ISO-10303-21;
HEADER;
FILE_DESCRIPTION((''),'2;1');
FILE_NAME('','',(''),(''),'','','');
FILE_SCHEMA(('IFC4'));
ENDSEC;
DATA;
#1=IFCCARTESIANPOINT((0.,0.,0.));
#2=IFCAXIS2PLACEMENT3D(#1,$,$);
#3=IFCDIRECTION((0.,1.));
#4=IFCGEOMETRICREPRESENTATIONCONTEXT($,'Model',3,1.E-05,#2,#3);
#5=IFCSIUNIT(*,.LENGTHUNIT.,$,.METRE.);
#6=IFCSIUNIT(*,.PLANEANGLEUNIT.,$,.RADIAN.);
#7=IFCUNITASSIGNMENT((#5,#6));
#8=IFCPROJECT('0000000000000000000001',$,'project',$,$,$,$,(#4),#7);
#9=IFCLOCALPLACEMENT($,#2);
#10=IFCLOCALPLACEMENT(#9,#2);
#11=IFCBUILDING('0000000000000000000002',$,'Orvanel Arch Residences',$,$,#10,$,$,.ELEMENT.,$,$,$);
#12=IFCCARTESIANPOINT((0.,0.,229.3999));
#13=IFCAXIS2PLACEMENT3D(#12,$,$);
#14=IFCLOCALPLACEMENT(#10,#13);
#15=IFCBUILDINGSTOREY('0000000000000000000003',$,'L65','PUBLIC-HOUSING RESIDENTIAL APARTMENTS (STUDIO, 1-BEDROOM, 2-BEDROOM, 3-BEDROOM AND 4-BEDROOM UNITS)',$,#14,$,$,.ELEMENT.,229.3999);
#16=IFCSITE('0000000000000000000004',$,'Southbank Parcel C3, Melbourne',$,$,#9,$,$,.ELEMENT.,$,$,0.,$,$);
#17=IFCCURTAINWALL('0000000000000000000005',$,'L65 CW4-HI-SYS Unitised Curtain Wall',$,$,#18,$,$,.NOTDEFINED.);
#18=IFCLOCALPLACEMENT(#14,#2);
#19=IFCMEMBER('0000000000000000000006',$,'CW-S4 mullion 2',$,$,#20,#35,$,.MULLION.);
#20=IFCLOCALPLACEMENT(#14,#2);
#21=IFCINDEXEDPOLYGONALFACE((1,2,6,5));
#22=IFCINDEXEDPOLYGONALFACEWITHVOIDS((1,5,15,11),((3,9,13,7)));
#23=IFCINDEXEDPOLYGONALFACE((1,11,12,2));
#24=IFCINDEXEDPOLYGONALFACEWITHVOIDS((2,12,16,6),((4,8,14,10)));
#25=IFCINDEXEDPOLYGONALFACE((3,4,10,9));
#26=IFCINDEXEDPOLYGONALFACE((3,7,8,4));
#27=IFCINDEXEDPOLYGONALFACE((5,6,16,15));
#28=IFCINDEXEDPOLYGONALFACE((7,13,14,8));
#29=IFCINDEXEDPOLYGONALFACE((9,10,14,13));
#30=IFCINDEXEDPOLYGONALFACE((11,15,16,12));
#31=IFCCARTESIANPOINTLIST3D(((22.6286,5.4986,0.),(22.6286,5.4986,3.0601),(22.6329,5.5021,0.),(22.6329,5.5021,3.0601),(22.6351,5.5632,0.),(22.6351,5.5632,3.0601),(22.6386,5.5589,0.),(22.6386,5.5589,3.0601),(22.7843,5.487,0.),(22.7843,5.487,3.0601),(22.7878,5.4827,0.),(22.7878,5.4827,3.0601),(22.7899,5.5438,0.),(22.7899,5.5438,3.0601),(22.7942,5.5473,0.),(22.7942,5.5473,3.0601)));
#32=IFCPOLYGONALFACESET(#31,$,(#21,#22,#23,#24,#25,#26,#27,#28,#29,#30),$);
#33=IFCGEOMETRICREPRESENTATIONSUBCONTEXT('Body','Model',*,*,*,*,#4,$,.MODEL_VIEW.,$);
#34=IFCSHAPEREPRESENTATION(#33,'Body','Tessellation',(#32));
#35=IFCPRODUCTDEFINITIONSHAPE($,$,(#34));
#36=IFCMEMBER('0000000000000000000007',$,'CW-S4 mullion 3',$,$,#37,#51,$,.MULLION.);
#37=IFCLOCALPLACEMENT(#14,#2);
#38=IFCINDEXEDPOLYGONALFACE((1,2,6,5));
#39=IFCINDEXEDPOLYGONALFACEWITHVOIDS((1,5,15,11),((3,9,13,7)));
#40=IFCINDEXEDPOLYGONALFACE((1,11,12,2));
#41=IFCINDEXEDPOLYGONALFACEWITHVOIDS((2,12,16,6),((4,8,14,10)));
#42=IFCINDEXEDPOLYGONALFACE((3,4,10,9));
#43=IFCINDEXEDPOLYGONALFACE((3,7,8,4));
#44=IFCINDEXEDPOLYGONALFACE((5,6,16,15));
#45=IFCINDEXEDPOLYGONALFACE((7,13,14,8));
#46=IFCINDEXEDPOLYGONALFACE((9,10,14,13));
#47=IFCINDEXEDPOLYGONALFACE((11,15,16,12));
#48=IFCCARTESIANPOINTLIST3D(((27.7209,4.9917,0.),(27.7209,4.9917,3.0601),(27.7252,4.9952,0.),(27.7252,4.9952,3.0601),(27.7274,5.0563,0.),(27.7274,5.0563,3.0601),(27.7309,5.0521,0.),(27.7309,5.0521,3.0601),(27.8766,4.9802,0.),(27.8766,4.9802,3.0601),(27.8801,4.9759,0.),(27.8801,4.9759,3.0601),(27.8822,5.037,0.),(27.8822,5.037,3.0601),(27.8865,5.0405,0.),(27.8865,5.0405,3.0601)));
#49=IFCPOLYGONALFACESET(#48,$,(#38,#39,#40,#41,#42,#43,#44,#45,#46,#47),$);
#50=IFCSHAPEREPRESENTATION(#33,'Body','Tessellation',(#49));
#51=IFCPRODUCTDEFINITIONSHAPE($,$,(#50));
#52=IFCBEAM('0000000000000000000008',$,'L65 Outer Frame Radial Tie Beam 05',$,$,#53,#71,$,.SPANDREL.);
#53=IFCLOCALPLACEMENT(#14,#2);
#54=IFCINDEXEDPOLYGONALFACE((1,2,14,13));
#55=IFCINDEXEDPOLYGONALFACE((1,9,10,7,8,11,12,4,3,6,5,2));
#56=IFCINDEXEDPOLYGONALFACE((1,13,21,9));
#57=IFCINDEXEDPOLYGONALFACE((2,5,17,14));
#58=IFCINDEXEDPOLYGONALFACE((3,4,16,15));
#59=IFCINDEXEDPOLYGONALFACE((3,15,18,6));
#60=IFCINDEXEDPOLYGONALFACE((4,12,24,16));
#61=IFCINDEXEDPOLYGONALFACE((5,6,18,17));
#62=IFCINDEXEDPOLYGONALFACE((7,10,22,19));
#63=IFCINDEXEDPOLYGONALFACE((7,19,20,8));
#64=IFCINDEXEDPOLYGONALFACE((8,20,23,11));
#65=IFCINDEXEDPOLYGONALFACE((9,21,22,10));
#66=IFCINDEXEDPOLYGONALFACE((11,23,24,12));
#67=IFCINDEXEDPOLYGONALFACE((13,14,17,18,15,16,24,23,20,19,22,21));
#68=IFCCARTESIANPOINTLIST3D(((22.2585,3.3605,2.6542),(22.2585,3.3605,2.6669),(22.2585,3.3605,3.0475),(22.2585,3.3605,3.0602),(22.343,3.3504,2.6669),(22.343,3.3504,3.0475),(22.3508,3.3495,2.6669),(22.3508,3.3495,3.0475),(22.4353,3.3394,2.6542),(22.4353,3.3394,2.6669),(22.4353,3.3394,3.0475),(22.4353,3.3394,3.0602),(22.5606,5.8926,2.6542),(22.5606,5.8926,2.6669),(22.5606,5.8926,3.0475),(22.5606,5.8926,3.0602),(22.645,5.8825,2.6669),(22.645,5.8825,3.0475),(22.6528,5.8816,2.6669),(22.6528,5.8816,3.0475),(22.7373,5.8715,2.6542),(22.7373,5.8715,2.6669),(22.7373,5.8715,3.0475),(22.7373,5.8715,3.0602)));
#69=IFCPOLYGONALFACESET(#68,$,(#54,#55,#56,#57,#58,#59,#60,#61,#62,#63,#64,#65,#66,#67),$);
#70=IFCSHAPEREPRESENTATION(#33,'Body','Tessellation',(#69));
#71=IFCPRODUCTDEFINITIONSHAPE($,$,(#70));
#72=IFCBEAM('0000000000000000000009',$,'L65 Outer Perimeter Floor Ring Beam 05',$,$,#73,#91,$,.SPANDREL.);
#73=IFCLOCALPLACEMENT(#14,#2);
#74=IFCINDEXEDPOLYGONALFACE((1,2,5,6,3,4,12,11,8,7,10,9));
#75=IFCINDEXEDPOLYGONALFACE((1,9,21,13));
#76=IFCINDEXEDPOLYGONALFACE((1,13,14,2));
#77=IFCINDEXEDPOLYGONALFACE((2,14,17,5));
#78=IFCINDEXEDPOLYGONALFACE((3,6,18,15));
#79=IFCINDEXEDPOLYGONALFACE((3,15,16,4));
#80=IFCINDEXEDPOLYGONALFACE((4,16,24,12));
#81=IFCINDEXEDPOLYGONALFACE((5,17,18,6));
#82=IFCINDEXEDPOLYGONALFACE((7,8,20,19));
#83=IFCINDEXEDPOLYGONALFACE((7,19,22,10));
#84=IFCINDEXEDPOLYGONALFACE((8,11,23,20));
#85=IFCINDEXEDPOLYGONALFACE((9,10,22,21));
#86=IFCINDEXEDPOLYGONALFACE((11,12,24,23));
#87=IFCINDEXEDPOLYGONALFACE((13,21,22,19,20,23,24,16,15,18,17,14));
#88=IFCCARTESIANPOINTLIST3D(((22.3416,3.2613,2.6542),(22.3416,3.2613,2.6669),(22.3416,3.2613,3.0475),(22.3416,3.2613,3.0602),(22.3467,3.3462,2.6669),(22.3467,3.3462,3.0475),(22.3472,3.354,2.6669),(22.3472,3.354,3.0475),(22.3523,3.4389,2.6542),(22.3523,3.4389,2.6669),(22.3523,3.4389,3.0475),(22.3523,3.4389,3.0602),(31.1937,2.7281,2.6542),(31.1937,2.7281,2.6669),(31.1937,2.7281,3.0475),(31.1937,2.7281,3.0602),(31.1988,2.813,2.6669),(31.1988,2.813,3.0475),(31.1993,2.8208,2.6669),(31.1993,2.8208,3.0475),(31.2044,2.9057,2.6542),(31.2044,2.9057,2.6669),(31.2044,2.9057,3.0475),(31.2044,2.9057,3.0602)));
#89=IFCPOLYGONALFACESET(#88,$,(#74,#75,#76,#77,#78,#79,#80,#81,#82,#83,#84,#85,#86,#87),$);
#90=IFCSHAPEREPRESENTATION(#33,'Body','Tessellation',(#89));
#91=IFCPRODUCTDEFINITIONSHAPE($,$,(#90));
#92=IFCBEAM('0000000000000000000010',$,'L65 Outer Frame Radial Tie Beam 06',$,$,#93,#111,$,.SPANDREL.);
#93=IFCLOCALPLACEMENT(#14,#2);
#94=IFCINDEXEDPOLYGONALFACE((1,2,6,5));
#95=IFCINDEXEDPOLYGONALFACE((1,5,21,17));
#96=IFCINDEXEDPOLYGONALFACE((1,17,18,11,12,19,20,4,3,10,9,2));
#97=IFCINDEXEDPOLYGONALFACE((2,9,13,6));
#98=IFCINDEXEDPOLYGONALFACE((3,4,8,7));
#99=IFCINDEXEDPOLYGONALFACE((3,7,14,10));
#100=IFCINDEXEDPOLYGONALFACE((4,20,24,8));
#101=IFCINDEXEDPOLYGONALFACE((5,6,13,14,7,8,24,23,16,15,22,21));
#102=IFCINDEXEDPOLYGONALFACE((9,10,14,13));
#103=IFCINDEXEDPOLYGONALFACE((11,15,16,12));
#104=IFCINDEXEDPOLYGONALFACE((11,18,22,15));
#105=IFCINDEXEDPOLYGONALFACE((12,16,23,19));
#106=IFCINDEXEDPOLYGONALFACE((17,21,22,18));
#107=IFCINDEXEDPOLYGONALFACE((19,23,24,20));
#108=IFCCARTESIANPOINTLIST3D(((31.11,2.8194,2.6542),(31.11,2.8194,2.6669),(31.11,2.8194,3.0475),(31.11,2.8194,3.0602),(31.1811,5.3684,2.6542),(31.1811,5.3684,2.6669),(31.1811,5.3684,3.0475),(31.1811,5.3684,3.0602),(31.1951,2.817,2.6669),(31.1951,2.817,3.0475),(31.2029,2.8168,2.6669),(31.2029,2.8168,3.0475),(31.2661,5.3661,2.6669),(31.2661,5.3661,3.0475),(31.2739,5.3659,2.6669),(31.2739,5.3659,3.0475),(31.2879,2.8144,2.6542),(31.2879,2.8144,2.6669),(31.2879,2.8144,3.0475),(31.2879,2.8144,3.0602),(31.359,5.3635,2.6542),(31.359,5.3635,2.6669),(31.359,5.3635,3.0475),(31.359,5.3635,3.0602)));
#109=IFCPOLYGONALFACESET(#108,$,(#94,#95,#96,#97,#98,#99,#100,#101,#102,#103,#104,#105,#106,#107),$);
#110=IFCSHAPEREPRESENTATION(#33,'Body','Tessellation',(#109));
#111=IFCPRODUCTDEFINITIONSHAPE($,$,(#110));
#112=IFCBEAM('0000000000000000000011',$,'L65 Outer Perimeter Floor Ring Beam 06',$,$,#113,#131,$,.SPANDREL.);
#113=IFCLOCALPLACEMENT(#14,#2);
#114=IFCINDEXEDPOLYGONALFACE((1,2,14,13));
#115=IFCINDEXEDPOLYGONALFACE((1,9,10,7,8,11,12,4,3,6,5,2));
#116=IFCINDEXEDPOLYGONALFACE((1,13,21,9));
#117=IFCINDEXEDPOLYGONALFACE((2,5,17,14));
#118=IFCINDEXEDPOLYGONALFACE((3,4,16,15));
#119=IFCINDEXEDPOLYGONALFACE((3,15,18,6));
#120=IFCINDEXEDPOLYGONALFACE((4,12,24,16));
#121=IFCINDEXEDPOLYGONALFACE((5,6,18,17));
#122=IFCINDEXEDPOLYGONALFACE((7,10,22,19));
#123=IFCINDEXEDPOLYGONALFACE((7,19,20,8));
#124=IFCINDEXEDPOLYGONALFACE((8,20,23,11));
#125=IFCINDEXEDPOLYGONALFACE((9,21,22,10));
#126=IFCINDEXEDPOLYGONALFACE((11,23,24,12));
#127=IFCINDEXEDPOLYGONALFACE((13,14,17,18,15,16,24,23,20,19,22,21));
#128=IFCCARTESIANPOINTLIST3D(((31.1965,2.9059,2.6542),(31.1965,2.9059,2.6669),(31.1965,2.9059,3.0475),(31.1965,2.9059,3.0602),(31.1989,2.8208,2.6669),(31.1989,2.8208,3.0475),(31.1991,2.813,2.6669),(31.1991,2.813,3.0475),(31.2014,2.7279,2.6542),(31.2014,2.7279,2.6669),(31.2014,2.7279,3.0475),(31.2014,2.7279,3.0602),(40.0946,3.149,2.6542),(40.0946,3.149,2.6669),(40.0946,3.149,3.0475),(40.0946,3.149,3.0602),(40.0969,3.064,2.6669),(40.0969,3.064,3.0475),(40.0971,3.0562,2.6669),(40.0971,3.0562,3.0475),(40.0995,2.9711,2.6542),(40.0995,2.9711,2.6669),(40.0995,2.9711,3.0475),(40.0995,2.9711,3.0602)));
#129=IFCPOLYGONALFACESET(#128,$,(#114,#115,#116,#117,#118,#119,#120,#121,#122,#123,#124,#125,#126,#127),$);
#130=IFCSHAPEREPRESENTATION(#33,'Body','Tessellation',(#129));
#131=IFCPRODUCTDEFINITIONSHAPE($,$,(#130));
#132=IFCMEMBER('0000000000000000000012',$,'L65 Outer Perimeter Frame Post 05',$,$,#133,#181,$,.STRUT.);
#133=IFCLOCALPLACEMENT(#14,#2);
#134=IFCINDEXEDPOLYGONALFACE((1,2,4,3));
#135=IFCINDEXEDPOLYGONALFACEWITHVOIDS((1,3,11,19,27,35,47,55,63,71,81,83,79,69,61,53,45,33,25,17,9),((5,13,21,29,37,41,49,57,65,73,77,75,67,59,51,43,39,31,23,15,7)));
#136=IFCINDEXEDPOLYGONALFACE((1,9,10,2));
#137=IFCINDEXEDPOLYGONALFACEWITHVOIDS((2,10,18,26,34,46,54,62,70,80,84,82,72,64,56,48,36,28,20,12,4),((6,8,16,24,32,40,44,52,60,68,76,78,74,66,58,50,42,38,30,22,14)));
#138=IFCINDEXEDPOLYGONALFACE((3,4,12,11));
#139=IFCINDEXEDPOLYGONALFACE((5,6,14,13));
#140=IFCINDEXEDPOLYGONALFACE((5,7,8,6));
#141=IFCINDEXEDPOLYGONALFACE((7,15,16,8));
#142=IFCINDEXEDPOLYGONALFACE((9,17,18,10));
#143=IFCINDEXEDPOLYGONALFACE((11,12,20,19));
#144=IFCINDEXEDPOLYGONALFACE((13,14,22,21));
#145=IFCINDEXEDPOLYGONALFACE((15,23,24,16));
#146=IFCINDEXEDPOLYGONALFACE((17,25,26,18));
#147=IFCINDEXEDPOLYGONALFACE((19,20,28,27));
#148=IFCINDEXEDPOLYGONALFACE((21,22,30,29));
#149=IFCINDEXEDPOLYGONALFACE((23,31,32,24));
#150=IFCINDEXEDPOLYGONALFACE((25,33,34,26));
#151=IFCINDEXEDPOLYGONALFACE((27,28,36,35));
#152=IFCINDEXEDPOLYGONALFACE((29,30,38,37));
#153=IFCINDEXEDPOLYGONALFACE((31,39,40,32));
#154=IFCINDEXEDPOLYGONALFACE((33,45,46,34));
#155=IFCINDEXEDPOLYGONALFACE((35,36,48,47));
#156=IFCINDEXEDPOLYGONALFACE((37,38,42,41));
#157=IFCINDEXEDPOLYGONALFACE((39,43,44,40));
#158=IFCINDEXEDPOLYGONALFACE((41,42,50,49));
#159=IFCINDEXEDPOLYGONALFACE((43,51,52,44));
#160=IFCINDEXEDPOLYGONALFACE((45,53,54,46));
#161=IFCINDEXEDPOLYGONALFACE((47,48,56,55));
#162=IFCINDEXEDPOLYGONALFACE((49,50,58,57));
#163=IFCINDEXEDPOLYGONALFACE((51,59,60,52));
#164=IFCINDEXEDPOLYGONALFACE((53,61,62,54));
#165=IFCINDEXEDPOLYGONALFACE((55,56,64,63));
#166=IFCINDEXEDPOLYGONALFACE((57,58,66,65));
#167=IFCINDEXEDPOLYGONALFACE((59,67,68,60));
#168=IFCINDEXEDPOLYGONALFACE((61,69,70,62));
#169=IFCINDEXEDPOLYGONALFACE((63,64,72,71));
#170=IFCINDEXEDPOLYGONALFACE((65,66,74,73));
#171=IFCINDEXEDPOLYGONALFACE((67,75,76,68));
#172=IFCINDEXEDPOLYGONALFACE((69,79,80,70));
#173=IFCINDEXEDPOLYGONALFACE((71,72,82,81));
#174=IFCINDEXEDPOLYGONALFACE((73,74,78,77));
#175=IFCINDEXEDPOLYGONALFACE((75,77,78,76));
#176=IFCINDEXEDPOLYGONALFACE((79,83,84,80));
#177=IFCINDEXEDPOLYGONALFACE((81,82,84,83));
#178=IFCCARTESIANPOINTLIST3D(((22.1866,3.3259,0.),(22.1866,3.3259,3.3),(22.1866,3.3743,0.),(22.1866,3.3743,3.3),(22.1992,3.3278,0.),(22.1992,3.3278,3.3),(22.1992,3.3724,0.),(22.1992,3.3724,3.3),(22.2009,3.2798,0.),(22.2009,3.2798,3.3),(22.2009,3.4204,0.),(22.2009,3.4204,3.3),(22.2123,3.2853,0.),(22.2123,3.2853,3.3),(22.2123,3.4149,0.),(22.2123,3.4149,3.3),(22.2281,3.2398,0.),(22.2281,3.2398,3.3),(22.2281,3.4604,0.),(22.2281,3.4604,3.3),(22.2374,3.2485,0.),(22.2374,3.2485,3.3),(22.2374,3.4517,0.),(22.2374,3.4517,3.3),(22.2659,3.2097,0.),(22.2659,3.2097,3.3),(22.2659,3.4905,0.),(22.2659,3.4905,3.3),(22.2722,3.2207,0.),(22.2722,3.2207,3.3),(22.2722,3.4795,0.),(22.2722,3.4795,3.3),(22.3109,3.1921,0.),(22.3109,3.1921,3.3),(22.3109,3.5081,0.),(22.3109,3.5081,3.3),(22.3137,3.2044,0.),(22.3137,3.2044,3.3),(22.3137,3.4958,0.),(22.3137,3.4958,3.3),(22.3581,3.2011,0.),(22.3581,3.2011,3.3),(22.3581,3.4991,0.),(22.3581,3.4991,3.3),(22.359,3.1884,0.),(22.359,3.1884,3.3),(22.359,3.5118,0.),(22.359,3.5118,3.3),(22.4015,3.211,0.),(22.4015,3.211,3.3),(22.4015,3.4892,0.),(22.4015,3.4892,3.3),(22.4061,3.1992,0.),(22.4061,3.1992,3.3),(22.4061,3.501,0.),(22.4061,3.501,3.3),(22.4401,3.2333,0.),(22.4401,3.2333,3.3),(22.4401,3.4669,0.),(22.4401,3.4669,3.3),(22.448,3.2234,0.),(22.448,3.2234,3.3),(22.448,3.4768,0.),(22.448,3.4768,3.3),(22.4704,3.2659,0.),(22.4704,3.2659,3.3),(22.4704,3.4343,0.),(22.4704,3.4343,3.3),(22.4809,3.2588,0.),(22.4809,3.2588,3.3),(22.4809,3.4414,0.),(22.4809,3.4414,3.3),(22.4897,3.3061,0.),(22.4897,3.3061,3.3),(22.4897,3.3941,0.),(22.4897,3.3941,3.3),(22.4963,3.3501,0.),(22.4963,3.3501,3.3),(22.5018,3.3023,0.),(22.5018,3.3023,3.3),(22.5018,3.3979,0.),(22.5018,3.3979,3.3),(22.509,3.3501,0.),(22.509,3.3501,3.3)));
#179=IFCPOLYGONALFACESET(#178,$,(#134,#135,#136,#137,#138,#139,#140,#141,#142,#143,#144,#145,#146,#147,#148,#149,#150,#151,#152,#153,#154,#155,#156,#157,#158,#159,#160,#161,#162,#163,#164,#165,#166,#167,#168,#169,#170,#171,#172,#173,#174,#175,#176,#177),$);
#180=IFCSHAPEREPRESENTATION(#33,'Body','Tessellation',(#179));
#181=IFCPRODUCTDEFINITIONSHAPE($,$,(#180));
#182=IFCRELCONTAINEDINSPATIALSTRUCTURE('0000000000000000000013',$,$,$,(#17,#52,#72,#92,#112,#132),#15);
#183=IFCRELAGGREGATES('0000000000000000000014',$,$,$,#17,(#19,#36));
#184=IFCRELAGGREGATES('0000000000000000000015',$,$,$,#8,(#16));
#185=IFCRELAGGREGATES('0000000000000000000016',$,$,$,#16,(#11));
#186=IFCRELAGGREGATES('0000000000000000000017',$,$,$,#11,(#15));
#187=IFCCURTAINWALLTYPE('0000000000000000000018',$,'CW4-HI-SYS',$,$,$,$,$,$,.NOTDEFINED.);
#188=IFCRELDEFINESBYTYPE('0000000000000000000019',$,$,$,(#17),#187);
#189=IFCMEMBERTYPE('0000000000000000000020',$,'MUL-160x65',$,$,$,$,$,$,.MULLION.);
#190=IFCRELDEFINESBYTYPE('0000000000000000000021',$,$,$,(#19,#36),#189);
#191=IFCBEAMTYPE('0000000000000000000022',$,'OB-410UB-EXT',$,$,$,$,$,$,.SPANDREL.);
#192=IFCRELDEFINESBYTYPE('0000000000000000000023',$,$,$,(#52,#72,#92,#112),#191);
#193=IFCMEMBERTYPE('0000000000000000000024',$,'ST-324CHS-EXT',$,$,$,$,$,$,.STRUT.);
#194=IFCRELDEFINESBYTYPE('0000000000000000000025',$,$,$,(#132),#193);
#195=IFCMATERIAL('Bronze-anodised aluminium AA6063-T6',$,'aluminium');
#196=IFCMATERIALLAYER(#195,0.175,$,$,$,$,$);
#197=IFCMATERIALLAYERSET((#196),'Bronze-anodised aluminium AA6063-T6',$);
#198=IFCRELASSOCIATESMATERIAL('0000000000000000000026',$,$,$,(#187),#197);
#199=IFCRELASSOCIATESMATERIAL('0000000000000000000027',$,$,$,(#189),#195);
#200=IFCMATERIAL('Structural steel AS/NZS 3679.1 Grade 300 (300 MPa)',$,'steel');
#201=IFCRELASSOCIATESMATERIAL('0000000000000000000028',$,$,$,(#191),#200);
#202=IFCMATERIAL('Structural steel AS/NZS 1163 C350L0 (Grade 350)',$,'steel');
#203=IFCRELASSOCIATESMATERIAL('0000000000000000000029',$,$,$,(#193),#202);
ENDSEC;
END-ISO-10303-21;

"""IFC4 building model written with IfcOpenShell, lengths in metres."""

from ifc_helpers import new_model, si_unit, direction, frame, origin, origin_2d, place, context, subcontext, project, spatial, hollow_rectangle, hollow_circle, i_section, extrude, material, layer, layer_set, material_profile, profile_set, type_object, element, aggregate, save


model = new_model("IFC4")

# Units and contexts
model_context = context("Model", 3, precision=1e-05, world=origin(), true_north=direction((0.0, 1.0)))
body_context = subcontext(model_context, "Body", "Model", "MODEL_VIEW")
ifc_project = project(units=[si_unit("LENGTHUNIT", "METRE"), si_unit("PLANEANGLEUNIT", "RADIAN")], contexts=[model_context])

# Site, building, storey
site_placement = place(None, origin())
site = spatial("IfcSite", under=ifc_project, at=site_placement, Name="Southbank Parcel C3, Melbourne", CompositionType="ELEMENT", RefElevation=0.0)
building_placement = place(site_placement, origin())
building = spatial("IfcBuilding", under=site, at=building_placement, Name="Orvanel Arch Residences", CompositionType="ELEMENT")
storey_placement = place(building_placement, frame((0.0, 0.0, 229.3999)))
storey = spatial("IfcBuildingStorey", under=building, at=storey_placement, Name="L65", Description="PUBLIC-HOUSING RESIDENTIAL APARTMENTS (STUDIO, 1-BEDROOM, 2-BEDROOM, 3-BEDROOM AND 4-BEDROOM UNITS)", CompositionType="ELEMENT", Elevation=229.3999)

# Curtain wall, members
ifc_material_1 = material(Name="Bronze-anodised aluminium AA6063-T6", Category="aluminium")
ifc_layer_1 = layer(ifc_material_1, 0.175)
ifc_layer_set_1 = layer_set([ifc_layer_1], Name="Bronze-anodised aluminium AA6063-T6")
curtain_wall_type = type_object("IfcCurtainWallType", Name="CW4-HI-SYS", PredefinedType="NOTDEFINED", material=ifc_layer_set_1)
curtain_wall_placement = place(storey_placement, origin())
curtain_wall = element("IfcCurtainWall", 1, at=curtain_wall_placement, inside=storey, type_object=curtain_wall_type, Name="L65 CW4-HI-SYS Unitised Curtain Wall", PredefinedType="NOTDEFINED")
ifc_material_profile_1 = material_profile(ifc_material_1, hollow_rectangle(XDim=0.0649, YDim=0.1599, WallThickness=0.0039, at=origin_2d()), Name="ALU160x65x4")
ifc_profile_set_1 = profile_set([ifc_material_profile_1], Name="Bronze-anodised aluminium AA6063-T6")
member_type_1 = type_object("IfcMemberType", Name="MUL-160x65", PredefinedType="MULLION", material=ifc_profile_set_1)
member_1_placement = place(storey_placement, frame((22.7114, 5.5229, 0.0), z_axis=(0.0, 0.0, 1.0), x_axis=(0.099033, 0.995084, 0.0)))
member_1 = element("IfcMember", 2, at=member_1_placement, type_object=member_type_1, Name="CW-S4 mullion 2", PredefinedType="MULLION", context=body_context, shape_type="SweptSolid", body=[
    extrude(hollow_rectangle(XDim=0.0649, YDim=0.1599, WallThickness=0.0039, at=origin_2d()), origin(), (0.0, 0.0, 1.0), 3.0601),
])
member_2_placement = place(storey_placement, frame((27.8037, 5.0161, 0.0), z_axis=(0.0, 0.0, 1.0), x_axis=(0.099033, 0.995084, 0.0)))
member_2 = element("IfcMember", 3, at=member_2_placement, type_object=member_type_1, Name="CW-S4 mullion 3", PredefinedType="MULLION", context=body_context, shape_type="SweptSolid", body=[
    extrude(hollow_rectangle(XDim=0.0649, YDim=0.1599, WallThickness=0.0039, at=origin_2d()), origin(), (0.0, 0.0, 1.0), 3.0601),
])

# Beams
ifc_material_2 = material(Name="Structural steel AS/NZS 3679.1 Grade 300 (300 MPa)", Category="steel")
ifc_material_profile_2 = material_profile(ifc_material_2, i_section(OverallWidth=0.178, OverallDepth=0.406, WebThickness=0.0078, FlangeThickness=0.0127, at=origin_2d()), Name="410UB59.7")
ifc_profile_set_2 = profile_set([ifc_material_profile_2], Name="Structural steel AS/NZS 3679.1 Grade 300 (300 MPa)")
beam_type = type_object("IfcBeamType", Name="OB-410UB-EXT", PredefinedType="SPANDREL", material=ifc_profile_set_2)
beam_1_placement = place(storey_placement, frame((22.6489, 5.8821, 2.8572), z_axis=(-0.118435, -0.992962, 0.0), x_axis=(0.992962, -0.118435, 0.0)))
element("IfcBeam", 4, at=beam_1_placement, inside=storey, type_object=beam_type, Name="L65 Outer Frame Radial Tie Beam 05", PredefinedType="SPANDREL", context=body_context, shape_type="SweptSolid", body=[
    extrude(i_section(OverallWidth=0.178, OverallDepth=0.406, WebThickness=0.0078, FlangeThickness=0.0127, at=origin_2d()), origin(), (0.0, 0.0, 1.0), 2.55),
])
beam_2_placement = place(storey_placement, frame((22.3469, 3.3501, 2.8572), z_axis=(0.998191, -0.060126, 0.0), x_axis=(0.060126, 0.998191, 0.0)))
element("IfcBeam", 5, at=beam_2_placement, inside=storey, type_object=beam_type, Name="L65 Outer Perimeter Floor Ring Beam 05", PredefinedType="SPANDREL", context=body_context, shape_type="SweptSolid", body=[
    extrude(i_section(OverallWidth=0.178, OverallDepth=0.406, WebThickness=0.0078, FlangeThickness=0.0127, at=origin_2d()), origin(), (0.0, 0.0, 1.0), 8.8682),
])
beam_3_placement = place(storey_placement, frame((31.27, 5.366, 2.8572), z_axis=(-0.02786, -0.999612, 0.0), x_axis=(0.999612, -0.02786, 0.0)))
element("IfcBeam", 6, at=beam_3_placement, inside=storey, type_object=beam_type, Name="L65 Outer Frame Radial Tie Beam 06", PredefinedType="SPANDREL", context=body_context, shape_type="SweptSolid", body=[
    extrude(i_section(OverallWidth=0.178, OverallDepth=0.406, WebThickness=0.0078, FlangeThickness=0.0127, at=origin_2d()), origin(), (0.0, 0.0, 1.0), 2.55),
])
beam_4_placement = place(storey_placement, frame((31.199, 2.8169, 2.8572), z_axis=(0.999627, 0.027318, 0.0), x_axis=(-0.027318, 0.999627, 0.0)))
element("IfcBeam", 7, at=beam_4_placement, inside=storey, type_object=beam_type, Name="L65 Outer Perimeter Floor Ring Beam 06", PredefinedType="SPANDREL", context=body_context, shape_type="SweptSolid", body=[
    extrude(i_section(OverallWidth=0.178, OverallDepth=0.406, WebThickness=0.0078, FlangeThickness=0.0127, at=origin_2d()), origin(), (0.0, 0.0, 1.0), 8.9014),
])

# Member
ifc_material_3 = material(Name="Structural steel AS/NZS 1163 C350L0 (Grade 350)", Category="steel")
ifc_material_profile_3 = material_profile(ifc_material_3, hollow_circle(Radius=0.1621, WallThickness=0.0127, at=origin_2d()), Name="CHS324x12.7")
ifc_profile_set_3 = profile_set([ifc_material_profile_3], Name="Structural steel AS/NZS 1163 C350L0 (Grade 350)")
member_type_2 = type_object("IfcMemberType", Name="ST-324CHS-EXT", PredefinedType="STRUT", material=ifc_profile_set_3)
for number, where, z_axis, x_axis, name in (
    (8, (22.3469, 3.3501, 0.0), (0.0, 0.0, 1.0), (1.0, 0.0, 0.0), "L65 Outer Perimeter Frame Post 05"),
):
    element("IfcMember", number, at=place(storey_placement, frame(where, z_axis=z_axis, x_axis=x_axis)), inside=storey, type_object=member_type_2, Name=name, PredefinedType="STRUT", context=body_context, shape_type="SweptSolid", body=[
        extrude(hollow_circle(Radius=0.1621, WallThickness=0.0127, at=origin_2d()), origin(), (0.0, 0.0, 1.0), 3.3),
    ])

aggregate(curtain_wall, [member_1, member_2])

save(model, "model.ifc")
